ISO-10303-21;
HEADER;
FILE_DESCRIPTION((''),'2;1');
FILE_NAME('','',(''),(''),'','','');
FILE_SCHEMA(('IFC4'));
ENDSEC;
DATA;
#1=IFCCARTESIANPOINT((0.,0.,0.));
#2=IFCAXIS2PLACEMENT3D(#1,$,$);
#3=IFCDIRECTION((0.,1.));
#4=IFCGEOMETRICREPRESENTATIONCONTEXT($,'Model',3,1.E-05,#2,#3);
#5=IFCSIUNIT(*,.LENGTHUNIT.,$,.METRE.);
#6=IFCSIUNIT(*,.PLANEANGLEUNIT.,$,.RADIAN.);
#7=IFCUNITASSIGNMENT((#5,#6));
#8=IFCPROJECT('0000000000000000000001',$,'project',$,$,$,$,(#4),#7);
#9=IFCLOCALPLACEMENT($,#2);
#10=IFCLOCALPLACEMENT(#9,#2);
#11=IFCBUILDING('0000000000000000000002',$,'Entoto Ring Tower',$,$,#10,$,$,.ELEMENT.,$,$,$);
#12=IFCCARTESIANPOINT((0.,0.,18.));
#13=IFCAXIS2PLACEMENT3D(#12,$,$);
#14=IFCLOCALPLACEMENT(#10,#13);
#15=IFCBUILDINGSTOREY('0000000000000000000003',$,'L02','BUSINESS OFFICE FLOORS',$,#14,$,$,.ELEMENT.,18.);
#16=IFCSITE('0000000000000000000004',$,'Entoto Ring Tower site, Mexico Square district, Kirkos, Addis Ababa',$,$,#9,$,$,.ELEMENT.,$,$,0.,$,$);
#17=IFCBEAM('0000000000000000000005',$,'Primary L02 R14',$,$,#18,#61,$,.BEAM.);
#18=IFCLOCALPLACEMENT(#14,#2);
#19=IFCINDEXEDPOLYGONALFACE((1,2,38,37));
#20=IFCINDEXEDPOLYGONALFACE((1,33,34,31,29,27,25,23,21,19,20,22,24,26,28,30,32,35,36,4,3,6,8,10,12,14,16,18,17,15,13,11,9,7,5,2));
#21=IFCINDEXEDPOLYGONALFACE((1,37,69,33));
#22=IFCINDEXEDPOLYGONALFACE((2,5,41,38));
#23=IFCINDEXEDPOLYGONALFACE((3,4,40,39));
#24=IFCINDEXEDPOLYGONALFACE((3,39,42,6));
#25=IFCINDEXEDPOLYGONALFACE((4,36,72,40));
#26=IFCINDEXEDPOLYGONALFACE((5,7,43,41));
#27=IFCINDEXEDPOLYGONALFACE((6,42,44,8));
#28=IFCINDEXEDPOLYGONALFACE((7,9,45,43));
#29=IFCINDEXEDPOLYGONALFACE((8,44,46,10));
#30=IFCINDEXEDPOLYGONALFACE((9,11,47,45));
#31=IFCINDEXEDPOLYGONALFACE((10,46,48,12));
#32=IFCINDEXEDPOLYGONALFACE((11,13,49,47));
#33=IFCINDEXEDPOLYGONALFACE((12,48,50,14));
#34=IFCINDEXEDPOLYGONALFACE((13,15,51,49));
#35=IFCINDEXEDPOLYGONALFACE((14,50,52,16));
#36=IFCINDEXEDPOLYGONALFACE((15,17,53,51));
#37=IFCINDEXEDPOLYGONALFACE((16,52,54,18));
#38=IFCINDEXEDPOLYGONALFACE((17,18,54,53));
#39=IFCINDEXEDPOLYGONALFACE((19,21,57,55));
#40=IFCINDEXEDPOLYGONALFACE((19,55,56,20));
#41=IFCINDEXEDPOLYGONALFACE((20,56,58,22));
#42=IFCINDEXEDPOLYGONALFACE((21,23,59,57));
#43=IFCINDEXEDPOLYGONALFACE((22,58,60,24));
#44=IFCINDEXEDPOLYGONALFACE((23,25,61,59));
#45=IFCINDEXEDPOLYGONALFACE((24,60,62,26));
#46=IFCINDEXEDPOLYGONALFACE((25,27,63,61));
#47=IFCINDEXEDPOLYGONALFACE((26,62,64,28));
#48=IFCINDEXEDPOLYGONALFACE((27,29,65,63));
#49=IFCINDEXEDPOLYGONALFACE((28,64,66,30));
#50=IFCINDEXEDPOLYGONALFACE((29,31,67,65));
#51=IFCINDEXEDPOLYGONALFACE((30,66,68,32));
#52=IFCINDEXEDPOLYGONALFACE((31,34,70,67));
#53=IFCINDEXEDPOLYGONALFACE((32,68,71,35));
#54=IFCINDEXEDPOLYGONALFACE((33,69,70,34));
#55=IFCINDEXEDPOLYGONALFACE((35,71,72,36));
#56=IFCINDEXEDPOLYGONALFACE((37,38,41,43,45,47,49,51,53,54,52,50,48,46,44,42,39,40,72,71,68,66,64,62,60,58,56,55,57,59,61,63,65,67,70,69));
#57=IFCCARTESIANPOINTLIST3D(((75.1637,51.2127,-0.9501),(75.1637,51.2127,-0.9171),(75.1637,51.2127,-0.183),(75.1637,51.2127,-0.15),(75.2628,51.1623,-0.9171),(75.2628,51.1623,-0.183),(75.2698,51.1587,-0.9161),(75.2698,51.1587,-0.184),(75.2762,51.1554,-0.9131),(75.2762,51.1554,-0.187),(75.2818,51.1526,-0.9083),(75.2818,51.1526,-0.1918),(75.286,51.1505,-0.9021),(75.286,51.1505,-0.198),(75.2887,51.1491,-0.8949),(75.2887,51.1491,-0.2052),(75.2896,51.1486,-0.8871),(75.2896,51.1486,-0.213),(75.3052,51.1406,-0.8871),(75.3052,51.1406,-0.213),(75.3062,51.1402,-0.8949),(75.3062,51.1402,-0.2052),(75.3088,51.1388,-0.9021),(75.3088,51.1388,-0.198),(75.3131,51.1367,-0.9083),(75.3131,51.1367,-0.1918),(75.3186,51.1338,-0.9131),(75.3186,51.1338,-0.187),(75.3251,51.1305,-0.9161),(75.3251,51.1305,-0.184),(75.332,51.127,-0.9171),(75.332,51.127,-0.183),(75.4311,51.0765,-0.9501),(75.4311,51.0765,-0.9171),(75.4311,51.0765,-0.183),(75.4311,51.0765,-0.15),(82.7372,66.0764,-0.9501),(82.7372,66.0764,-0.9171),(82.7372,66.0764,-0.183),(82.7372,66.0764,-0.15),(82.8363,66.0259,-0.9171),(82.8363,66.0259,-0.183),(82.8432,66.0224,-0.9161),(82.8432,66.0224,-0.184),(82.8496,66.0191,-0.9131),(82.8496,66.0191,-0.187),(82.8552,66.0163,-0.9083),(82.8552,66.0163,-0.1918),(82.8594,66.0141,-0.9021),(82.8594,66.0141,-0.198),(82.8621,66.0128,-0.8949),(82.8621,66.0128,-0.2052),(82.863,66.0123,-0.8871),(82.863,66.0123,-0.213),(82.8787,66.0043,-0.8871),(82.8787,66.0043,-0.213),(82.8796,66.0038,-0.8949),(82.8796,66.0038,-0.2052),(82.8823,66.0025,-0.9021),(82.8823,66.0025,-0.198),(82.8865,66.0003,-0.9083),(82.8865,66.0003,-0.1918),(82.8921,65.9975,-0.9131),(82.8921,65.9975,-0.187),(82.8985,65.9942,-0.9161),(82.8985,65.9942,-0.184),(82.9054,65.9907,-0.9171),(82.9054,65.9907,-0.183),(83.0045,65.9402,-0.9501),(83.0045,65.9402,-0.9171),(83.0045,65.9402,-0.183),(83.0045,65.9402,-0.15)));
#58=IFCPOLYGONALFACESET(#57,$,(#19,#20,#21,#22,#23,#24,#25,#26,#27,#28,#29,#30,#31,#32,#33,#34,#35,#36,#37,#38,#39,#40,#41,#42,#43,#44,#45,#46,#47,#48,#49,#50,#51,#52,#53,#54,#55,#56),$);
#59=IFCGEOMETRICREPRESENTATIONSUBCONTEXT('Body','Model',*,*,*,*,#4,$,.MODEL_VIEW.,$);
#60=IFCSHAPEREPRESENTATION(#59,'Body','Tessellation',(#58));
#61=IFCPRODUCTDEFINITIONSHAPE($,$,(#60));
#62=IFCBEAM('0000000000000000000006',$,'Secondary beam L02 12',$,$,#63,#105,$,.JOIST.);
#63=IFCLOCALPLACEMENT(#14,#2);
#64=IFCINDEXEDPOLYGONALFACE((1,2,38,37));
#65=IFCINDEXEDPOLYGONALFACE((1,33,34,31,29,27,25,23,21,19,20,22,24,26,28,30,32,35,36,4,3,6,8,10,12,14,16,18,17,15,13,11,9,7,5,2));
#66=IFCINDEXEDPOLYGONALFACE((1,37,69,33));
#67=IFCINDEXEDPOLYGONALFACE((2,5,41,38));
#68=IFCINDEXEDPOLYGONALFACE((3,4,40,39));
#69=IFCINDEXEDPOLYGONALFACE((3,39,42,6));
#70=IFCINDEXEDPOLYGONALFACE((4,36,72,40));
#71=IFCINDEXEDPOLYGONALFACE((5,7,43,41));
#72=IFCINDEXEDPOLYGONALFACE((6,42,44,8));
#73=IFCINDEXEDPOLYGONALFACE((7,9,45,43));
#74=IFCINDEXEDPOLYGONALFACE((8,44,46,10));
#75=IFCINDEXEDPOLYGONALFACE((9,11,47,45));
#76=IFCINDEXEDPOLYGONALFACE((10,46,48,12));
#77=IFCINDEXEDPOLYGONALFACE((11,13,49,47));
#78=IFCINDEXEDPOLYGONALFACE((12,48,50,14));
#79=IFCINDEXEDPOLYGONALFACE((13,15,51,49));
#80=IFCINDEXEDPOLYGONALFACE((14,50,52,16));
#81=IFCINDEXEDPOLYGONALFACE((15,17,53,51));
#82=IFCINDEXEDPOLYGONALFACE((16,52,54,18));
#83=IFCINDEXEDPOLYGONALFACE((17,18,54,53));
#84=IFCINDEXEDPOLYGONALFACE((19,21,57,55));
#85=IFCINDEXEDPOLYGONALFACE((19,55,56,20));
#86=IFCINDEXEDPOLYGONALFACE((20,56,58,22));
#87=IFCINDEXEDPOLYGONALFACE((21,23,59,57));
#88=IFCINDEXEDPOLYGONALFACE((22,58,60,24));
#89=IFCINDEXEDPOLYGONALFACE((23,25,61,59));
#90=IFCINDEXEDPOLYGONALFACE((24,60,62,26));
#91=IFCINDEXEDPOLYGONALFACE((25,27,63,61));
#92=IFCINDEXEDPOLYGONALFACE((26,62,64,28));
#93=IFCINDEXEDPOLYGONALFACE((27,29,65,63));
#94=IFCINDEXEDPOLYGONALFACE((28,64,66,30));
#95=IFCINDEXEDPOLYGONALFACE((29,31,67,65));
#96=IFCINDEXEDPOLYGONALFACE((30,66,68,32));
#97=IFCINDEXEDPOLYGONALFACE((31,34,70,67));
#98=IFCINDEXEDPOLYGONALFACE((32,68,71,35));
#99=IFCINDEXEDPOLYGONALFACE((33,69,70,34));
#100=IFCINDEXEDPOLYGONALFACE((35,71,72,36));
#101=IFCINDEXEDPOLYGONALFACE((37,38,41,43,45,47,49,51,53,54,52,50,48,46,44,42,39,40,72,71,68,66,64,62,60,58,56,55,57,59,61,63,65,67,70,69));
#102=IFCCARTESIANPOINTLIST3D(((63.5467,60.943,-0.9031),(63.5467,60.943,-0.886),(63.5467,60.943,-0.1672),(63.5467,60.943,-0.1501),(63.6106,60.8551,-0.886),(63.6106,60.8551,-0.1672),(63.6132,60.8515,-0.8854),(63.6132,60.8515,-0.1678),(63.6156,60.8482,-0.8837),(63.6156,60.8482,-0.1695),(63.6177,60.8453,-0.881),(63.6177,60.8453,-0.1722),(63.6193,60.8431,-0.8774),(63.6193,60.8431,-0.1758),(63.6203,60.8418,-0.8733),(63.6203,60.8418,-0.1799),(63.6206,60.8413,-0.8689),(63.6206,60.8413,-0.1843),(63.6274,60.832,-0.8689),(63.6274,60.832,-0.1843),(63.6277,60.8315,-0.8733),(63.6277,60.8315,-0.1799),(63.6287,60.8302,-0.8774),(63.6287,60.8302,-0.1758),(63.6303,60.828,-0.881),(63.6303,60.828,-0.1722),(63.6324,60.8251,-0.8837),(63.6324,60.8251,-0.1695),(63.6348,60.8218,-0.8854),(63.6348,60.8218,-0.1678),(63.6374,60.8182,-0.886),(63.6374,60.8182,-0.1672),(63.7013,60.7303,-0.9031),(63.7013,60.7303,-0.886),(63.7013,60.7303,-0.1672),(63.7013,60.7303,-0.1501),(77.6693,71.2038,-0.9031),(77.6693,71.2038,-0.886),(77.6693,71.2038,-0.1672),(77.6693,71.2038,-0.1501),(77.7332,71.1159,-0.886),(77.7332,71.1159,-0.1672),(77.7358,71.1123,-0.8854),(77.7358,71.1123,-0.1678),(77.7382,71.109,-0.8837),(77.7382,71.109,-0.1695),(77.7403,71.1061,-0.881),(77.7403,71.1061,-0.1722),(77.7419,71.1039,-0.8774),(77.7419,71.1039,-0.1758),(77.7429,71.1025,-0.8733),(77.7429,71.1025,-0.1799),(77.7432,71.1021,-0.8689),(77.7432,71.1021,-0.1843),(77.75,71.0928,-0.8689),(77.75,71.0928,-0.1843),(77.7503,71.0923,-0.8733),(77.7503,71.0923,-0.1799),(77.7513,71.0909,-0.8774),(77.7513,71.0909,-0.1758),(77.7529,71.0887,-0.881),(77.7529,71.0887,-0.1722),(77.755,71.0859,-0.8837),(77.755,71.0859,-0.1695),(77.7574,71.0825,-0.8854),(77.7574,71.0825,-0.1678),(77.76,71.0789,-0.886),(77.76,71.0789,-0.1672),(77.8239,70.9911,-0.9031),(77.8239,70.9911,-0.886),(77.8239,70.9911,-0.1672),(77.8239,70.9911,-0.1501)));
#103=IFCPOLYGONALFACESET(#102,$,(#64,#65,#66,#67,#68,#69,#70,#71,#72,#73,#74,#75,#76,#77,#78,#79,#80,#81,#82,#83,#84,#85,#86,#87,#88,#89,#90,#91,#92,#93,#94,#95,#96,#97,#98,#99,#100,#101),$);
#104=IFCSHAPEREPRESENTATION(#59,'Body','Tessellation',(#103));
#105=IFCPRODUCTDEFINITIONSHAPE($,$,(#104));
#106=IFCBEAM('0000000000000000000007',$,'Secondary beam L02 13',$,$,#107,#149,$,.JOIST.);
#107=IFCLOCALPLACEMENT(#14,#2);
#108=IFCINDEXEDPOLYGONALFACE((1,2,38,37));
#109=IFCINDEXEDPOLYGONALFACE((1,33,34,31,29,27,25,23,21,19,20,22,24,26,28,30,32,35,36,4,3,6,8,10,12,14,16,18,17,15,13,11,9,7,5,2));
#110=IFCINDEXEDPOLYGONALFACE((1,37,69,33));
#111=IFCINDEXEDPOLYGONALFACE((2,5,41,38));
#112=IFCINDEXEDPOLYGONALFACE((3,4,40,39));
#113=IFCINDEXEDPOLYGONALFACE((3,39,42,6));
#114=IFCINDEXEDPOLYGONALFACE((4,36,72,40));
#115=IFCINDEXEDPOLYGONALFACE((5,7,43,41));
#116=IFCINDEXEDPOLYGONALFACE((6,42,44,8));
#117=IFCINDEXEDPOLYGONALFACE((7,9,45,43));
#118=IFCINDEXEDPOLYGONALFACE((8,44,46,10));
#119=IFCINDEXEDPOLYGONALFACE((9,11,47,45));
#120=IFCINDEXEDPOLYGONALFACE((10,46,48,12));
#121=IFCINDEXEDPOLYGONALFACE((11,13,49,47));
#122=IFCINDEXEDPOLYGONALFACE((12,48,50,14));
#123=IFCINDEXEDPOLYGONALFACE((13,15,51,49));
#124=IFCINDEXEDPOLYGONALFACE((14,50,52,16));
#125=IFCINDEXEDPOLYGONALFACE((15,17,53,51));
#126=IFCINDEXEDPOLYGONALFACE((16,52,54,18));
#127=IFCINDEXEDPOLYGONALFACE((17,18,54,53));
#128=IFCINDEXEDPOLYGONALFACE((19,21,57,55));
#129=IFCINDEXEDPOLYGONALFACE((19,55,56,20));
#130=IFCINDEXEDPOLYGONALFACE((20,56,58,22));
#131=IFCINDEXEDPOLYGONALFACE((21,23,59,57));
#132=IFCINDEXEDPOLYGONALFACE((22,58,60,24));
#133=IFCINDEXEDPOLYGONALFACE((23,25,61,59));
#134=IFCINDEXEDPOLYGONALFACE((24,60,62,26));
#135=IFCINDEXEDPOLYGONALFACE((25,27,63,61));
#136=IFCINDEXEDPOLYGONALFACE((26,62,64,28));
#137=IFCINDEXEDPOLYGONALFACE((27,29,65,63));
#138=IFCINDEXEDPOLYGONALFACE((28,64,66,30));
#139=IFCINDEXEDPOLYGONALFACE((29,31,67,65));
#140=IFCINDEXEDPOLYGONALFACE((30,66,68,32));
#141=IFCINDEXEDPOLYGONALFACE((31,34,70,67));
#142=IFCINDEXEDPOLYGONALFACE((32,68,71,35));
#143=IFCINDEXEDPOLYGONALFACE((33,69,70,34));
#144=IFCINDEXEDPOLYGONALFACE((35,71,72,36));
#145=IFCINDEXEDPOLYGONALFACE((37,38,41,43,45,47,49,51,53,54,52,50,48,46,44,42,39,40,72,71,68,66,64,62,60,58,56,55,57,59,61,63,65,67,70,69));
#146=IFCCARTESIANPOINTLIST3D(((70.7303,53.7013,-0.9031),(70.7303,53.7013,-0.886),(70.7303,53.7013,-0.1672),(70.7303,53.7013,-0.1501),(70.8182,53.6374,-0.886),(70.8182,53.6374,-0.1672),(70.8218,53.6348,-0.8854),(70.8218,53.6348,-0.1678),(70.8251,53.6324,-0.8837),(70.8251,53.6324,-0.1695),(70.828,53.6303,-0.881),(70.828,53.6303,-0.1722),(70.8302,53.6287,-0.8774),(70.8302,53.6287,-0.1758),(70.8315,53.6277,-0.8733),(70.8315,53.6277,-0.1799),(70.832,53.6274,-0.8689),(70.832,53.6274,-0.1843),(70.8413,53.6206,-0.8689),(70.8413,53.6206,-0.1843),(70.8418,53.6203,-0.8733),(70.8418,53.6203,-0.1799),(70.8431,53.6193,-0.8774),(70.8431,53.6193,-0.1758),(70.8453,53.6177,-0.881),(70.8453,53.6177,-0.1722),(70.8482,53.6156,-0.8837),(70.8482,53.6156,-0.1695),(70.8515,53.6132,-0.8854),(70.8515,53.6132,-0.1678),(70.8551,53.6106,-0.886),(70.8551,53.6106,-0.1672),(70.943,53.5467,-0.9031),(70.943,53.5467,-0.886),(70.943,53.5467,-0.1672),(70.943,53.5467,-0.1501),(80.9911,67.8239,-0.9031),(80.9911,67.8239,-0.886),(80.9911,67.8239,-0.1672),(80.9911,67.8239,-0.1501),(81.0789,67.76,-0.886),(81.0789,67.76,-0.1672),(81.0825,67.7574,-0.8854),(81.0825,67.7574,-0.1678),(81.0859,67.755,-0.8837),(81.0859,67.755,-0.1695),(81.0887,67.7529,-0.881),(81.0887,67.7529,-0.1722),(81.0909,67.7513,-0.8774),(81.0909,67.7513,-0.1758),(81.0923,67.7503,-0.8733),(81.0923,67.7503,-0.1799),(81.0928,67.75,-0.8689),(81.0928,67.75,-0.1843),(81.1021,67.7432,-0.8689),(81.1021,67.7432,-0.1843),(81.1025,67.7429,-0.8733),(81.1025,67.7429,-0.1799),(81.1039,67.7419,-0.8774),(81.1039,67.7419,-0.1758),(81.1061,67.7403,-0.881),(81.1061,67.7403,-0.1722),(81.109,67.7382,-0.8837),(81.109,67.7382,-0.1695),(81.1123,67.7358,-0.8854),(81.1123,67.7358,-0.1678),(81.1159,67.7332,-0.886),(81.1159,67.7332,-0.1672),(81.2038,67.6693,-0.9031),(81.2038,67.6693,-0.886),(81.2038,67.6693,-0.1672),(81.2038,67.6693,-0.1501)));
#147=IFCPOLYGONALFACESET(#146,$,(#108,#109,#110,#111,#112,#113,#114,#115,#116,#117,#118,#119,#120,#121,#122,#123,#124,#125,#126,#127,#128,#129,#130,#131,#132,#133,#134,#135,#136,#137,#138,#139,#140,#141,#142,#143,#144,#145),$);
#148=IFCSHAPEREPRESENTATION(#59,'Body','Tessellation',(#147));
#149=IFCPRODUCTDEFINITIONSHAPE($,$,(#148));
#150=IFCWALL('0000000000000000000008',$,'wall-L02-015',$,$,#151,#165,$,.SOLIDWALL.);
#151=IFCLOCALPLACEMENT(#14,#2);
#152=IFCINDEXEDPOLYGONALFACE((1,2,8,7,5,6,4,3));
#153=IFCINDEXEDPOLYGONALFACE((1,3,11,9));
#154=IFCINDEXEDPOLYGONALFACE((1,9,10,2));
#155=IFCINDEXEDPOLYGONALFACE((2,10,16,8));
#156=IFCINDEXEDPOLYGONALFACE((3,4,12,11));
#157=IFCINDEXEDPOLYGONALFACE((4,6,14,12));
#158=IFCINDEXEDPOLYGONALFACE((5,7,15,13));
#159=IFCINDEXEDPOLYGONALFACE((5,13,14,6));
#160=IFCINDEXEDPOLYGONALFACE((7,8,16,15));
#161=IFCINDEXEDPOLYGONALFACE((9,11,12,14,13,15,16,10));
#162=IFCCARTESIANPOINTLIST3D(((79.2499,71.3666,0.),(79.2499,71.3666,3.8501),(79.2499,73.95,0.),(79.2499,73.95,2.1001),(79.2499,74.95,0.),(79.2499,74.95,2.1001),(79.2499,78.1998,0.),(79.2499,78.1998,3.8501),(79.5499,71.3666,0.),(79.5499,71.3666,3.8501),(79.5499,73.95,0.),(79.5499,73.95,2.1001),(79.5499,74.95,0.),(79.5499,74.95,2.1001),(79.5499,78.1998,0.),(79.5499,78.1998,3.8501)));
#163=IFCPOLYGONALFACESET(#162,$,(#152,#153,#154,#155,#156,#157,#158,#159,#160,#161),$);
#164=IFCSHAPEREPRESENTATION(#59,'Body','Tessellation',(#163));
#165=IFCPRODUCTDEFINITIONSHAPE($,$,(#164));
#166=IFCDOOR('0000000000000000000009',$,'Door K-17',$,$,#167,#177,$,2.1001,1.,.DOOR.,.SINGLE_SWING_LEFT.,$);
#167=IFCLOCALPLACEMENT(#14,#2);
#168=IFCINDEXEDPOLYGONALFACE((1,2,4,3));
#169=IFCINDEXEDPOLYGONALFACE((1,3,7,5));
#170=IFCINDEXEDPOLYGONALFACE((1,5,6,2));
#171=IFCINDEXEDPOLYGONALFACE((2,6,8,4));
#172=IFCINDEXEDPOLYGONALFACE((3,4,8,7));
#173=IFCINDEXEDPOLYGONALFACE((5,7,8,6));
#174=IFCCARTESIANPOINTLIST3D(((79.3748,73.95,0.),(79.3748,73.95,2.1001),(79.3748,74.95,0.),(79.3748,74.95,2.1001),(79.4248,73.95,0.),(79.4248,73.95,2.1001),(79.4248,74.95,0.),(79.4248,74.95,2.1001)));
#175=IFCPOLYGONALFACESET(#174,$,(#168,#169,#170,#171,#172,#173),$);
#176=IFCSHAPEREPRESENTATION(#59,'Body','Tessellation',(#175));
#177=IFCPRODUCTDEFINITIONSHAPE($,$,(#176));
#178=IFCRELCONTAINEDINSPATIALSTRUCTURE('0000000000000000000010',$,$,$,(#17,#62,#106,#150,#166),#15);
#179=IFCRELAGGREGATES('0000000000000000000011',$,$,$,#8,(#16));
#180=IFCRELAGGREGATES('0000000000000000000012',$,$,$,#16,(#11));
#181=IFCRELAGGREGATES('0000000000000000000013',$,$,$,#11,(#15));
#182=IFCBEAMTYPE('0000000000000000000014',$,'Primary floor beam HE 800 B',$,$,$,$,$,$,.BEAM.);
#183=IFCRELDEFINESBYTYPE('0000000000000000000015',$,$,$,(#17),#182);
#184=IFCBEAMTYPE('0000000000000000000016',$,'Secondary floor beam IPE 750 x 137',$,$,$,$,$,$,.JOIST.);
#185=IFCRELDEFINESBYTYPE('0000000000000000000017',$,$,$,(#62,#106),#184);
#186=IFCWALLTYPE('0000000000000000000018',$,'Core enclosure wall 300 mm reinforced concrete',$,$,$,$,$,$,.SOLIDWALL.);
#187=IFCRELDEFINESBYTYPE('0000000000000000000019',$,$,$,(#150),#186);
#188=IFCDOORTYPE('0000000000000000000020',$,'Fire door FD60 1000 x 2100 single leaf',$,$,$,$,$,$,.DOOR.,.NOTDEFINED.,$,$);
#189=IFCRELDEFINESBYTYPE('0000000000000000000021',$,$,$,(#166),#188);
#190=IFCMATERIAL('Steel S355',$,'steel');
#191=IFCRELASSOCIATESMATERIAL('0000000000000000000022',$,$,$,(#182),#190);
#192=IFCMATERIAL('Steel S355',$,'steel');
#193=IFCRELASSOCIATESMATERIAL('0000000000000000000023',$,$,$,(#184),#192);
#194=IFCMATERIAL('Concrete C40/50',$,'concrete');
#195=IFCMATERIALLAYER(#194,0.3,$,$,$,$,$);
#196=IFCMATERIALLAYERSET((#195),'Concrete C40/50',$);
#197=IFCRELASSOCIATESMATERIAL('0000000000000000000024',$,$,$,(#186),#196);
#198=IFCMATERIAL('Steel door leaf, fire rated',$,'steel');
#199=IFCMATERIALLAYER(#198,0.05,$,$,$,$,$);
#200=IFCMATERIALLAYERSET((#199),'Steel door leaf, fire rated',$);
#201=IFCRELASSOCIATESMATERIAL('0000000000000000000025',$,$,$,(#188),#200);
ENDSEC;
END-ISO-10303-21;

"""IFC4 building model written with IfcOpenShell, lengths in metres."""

from ifc_helpers import new_model, si_unit, direction, frame, frame_2d, origin, origin_2d, place, context, subcontext, project, spatial, rectangle, i_section, extrude, material, layer, layer_set, material_profile, profile_set, type_object, element, fill, save


model = new_model("IFC4")

# Units and contexts
model_context = context("Model", 3, precision=1e-05, world=origin(), true_north=direction((0.0, 1.0)))
body_context = subcontext(model_context, "Body", "Model", "MODEL_VIEW")
ifc_project = project(units=[si_unit("LENGTHUNIT", "METRE"), si_unit("PLANEANGLEUNIT", "RADIAN")], contexts=[model_context])

# Site, building, storey
site_placement = place(None, origin())
site = spatial("IfcSite", under=ifc_project, at=site_placement, Name="Entoto Ring Tower site, Mexico Square district, Kirkos, Addis Ababa", CompositionType="ELEMENT", RefElevation=0.0)
building_placement = place(site_placement, origin())
building = spatial("IfcBuilding", under=site, at=building_placement, Name="Entoto Ring Tower", CompositionType="ELEMENT")
storey_placement = place(building_placement, frame((0.0, 0.0, 18.0)))
storey = spatial("IfcBuildingStorey", under=building, at=storey_placement, Name="L02", Description="BUSINESS OFFICE FLOORS", CompositionType="ELEMENT", Elevation=18.0)

# Beams
ifc_material_1 = material(Name="Steel S355", Category="steel")
ifc_material_profile_1 = material_profile(ifc_material_1, i_section(OverallWidth=0.3, OverallDepth=0.8, WebThickness=0.0176, FlangeThickness=0.033, FilletRadius=0.03, at=origin_2d()), Name="HE 800 B")
ifc_profile_set_1 = profile_set([ifc_material_profile_1], Name="Steel S355")
beam_type_1 = type_object("IfcBeamType", Name="Primary floor beam HE 800 B", PredefinedType="BEAM", material=ifc_profile_set_1)
beam_1_placement = place(storey_placement, frame((82.8708, 66.0083, -0.55), z_axis=(-0.453991, -0.891006, 0.0), x_axis=(0.891006, -0.453991, 0.0)))
element("IfcBeam", 1, at=beam_1_placement, inside=storey, type_object=beam_type_1, Name="Primary L02 R14", PredefinedType="BEAM", context=body_context, shape_type="SweptSolid", body=[
    extrude(i_section(OverallWidth=0.3, OverallDepth=0.8, WebThickness=0.0176, FlangeThickness=0.033, FilletRadius=0.03, at=origin_2d()), origin(), (0.0, 0.0, 1.0), 16.6819),
])
ifc_material_2 = material(Name="Steel S355", Category="steel")
ifc_material_profile_2 = material_profile(ifc_material_2, i_section(OverallWidth=0.2629, OverallDepth=0.7529, WebThickness=0.0115, FlangeThickness=0.0171, FilletRadius=0.0171, at=origin_2d()), Name="IPE 750 x 137")
ifc_profile_set_2 = profile_set([ifc_material_profile_2], Name="Steel S355")
beam_type_2 = type_object("IfcBeamType", Name="Secondary floor beam IPE 750 x 137", PredefinedType="JOIST", material=ifc_profile_set_2)
for number, where, z_axis, x_axis, name in (
    (2, (77.7466, 71.0974, -0.5266), (-0.809014, -0.587789, 0.0), (0.587789, -0.809014, 0.0), "Secondary beam L02 12"),
    (3, (81.0974, 67.7466, -0.5266), (-0.587789, -0.809014, 0.0), (0.809014, -0.587789, 0.0), "Secondary beam L02 13"),
):
    element("IfcBeam", number, at=place(storey_placement, frame(where, z_axis=z_axis, x_axis=x_axis)), inside=storey, type_object=beam_type_2, Name=name, PredefinedType="JOIST", context=body_context, shape_type="SweptSolid", body=[
        extrude(i_section(OverallWidth=0.2629, OverallDepth=0.7529, WebThickness=0.0115, FlangeThickness=0.0171, FilletRadius=0.0171, at=origin_2d()), origin(), (0.0, 0.0, 1.0), 17.4565),
    ])

# Wall, opening, door
ifc_material_3 = material(Name="Concrete C40/50", Category="concrete")
ifc_layer_1 = layer(ifc_material_3, 0.3)
ifc_layer_set_1 = layer_set([ifc_layer_1], Name="Concrete C40/50")
wall_type_1 = type_object("IfcWallType", Name="Core enclosure wall 300 mm reinforced concrete", PredefinedType="SOLIDWALL", material=ifc_layer_set_1)
wall_1_placement = place(storey_placement, frame((79.3999, 71.3667, 0.0), z_axis=(0.0, 0.0, 1.0), x_axis=(0.0, 1.0, 0.0)))
wall_1 = element("IfcWall", 4, at=wall_1_placement, inside=storey, type_object=wall_type_1, Name="wall-L02-015", PredefinedType="SOLIDWALL", context=body_context, shape_type="SweptSolid", body=[
    extrude(rectangle(XDim=6.8333, YDim=0.3, at=frame_2d((3.4165, 0.0))), origin(), (0.0, 0.0, 1.0), 3.8501),
])
opening_1_placement = place(wall_1_placement, frame((2.5833, 0.0, 0.0)))
opening_1 = element("IfcOpeningElement", 5, at=opening_1_placement, cuts=wall_1, PredefinedType="OPENING", context=body_context, shape_type="SweptSolid", body=[
    extrude(rectangle(XDim=1.0, YDim=2.1001, at=frame_2d((0.5, 1.05))), frame((0.0, 0.1602, 0.0), z_axis=(0.0, -1.0, 0.0), x_axis=(1.0, 0.0, 0.0)), (0.0, 0.0, 1.0), 0.3201),
])
ifc_material_4 = material(Name="Steel door leaf, fire rated", Category="steel")
ifc_layer_2 = layer(ifc_material_4, 0.05)
ifc_layer_set_2 = layer_set([ifc_layer_2], Name="Steel door leaf, fire rated")
door_type_1 = type_object("IfcDoorType", Name="Fire door FD60 1000 x 2100 single leaf", OperationType="NOTDEFINED", PredefinedType="DOOR", material=ifc_layer_set_2)
door_1_placement = place(opening_1_placement, frame((1.0, 0.0, 0.0), z_axis=(0.0, 0.0, 1.0), x_axis=(-1.0, 0.0, 0.0)))
door_1 = element("IfcDoor", 6, at=door_1_placement, inside=storey, type_object=door_type_1, Name="Door K-17", OperationType="SINGLE_SWING_LEFT", OverallHeight=2.1001, OverallWidth=1.0, PredefinedType="DOOR", context=body_context, shape_type="SweptSolid", body=[
    extrude(rectangle(XDim=1.0, YDim=2.1001, at=frame_2d((0.5, 1.05))), frame((0.0, 0.0249, 0.0), z_axis=(0.0, -1.0, 0.0), x_axis=(1.0, 0.0, 0.0)), (0.0, 0.0, 1.0), 0.05),
])
fill(opening_1, door_1)

save(model, "model.ifc")
